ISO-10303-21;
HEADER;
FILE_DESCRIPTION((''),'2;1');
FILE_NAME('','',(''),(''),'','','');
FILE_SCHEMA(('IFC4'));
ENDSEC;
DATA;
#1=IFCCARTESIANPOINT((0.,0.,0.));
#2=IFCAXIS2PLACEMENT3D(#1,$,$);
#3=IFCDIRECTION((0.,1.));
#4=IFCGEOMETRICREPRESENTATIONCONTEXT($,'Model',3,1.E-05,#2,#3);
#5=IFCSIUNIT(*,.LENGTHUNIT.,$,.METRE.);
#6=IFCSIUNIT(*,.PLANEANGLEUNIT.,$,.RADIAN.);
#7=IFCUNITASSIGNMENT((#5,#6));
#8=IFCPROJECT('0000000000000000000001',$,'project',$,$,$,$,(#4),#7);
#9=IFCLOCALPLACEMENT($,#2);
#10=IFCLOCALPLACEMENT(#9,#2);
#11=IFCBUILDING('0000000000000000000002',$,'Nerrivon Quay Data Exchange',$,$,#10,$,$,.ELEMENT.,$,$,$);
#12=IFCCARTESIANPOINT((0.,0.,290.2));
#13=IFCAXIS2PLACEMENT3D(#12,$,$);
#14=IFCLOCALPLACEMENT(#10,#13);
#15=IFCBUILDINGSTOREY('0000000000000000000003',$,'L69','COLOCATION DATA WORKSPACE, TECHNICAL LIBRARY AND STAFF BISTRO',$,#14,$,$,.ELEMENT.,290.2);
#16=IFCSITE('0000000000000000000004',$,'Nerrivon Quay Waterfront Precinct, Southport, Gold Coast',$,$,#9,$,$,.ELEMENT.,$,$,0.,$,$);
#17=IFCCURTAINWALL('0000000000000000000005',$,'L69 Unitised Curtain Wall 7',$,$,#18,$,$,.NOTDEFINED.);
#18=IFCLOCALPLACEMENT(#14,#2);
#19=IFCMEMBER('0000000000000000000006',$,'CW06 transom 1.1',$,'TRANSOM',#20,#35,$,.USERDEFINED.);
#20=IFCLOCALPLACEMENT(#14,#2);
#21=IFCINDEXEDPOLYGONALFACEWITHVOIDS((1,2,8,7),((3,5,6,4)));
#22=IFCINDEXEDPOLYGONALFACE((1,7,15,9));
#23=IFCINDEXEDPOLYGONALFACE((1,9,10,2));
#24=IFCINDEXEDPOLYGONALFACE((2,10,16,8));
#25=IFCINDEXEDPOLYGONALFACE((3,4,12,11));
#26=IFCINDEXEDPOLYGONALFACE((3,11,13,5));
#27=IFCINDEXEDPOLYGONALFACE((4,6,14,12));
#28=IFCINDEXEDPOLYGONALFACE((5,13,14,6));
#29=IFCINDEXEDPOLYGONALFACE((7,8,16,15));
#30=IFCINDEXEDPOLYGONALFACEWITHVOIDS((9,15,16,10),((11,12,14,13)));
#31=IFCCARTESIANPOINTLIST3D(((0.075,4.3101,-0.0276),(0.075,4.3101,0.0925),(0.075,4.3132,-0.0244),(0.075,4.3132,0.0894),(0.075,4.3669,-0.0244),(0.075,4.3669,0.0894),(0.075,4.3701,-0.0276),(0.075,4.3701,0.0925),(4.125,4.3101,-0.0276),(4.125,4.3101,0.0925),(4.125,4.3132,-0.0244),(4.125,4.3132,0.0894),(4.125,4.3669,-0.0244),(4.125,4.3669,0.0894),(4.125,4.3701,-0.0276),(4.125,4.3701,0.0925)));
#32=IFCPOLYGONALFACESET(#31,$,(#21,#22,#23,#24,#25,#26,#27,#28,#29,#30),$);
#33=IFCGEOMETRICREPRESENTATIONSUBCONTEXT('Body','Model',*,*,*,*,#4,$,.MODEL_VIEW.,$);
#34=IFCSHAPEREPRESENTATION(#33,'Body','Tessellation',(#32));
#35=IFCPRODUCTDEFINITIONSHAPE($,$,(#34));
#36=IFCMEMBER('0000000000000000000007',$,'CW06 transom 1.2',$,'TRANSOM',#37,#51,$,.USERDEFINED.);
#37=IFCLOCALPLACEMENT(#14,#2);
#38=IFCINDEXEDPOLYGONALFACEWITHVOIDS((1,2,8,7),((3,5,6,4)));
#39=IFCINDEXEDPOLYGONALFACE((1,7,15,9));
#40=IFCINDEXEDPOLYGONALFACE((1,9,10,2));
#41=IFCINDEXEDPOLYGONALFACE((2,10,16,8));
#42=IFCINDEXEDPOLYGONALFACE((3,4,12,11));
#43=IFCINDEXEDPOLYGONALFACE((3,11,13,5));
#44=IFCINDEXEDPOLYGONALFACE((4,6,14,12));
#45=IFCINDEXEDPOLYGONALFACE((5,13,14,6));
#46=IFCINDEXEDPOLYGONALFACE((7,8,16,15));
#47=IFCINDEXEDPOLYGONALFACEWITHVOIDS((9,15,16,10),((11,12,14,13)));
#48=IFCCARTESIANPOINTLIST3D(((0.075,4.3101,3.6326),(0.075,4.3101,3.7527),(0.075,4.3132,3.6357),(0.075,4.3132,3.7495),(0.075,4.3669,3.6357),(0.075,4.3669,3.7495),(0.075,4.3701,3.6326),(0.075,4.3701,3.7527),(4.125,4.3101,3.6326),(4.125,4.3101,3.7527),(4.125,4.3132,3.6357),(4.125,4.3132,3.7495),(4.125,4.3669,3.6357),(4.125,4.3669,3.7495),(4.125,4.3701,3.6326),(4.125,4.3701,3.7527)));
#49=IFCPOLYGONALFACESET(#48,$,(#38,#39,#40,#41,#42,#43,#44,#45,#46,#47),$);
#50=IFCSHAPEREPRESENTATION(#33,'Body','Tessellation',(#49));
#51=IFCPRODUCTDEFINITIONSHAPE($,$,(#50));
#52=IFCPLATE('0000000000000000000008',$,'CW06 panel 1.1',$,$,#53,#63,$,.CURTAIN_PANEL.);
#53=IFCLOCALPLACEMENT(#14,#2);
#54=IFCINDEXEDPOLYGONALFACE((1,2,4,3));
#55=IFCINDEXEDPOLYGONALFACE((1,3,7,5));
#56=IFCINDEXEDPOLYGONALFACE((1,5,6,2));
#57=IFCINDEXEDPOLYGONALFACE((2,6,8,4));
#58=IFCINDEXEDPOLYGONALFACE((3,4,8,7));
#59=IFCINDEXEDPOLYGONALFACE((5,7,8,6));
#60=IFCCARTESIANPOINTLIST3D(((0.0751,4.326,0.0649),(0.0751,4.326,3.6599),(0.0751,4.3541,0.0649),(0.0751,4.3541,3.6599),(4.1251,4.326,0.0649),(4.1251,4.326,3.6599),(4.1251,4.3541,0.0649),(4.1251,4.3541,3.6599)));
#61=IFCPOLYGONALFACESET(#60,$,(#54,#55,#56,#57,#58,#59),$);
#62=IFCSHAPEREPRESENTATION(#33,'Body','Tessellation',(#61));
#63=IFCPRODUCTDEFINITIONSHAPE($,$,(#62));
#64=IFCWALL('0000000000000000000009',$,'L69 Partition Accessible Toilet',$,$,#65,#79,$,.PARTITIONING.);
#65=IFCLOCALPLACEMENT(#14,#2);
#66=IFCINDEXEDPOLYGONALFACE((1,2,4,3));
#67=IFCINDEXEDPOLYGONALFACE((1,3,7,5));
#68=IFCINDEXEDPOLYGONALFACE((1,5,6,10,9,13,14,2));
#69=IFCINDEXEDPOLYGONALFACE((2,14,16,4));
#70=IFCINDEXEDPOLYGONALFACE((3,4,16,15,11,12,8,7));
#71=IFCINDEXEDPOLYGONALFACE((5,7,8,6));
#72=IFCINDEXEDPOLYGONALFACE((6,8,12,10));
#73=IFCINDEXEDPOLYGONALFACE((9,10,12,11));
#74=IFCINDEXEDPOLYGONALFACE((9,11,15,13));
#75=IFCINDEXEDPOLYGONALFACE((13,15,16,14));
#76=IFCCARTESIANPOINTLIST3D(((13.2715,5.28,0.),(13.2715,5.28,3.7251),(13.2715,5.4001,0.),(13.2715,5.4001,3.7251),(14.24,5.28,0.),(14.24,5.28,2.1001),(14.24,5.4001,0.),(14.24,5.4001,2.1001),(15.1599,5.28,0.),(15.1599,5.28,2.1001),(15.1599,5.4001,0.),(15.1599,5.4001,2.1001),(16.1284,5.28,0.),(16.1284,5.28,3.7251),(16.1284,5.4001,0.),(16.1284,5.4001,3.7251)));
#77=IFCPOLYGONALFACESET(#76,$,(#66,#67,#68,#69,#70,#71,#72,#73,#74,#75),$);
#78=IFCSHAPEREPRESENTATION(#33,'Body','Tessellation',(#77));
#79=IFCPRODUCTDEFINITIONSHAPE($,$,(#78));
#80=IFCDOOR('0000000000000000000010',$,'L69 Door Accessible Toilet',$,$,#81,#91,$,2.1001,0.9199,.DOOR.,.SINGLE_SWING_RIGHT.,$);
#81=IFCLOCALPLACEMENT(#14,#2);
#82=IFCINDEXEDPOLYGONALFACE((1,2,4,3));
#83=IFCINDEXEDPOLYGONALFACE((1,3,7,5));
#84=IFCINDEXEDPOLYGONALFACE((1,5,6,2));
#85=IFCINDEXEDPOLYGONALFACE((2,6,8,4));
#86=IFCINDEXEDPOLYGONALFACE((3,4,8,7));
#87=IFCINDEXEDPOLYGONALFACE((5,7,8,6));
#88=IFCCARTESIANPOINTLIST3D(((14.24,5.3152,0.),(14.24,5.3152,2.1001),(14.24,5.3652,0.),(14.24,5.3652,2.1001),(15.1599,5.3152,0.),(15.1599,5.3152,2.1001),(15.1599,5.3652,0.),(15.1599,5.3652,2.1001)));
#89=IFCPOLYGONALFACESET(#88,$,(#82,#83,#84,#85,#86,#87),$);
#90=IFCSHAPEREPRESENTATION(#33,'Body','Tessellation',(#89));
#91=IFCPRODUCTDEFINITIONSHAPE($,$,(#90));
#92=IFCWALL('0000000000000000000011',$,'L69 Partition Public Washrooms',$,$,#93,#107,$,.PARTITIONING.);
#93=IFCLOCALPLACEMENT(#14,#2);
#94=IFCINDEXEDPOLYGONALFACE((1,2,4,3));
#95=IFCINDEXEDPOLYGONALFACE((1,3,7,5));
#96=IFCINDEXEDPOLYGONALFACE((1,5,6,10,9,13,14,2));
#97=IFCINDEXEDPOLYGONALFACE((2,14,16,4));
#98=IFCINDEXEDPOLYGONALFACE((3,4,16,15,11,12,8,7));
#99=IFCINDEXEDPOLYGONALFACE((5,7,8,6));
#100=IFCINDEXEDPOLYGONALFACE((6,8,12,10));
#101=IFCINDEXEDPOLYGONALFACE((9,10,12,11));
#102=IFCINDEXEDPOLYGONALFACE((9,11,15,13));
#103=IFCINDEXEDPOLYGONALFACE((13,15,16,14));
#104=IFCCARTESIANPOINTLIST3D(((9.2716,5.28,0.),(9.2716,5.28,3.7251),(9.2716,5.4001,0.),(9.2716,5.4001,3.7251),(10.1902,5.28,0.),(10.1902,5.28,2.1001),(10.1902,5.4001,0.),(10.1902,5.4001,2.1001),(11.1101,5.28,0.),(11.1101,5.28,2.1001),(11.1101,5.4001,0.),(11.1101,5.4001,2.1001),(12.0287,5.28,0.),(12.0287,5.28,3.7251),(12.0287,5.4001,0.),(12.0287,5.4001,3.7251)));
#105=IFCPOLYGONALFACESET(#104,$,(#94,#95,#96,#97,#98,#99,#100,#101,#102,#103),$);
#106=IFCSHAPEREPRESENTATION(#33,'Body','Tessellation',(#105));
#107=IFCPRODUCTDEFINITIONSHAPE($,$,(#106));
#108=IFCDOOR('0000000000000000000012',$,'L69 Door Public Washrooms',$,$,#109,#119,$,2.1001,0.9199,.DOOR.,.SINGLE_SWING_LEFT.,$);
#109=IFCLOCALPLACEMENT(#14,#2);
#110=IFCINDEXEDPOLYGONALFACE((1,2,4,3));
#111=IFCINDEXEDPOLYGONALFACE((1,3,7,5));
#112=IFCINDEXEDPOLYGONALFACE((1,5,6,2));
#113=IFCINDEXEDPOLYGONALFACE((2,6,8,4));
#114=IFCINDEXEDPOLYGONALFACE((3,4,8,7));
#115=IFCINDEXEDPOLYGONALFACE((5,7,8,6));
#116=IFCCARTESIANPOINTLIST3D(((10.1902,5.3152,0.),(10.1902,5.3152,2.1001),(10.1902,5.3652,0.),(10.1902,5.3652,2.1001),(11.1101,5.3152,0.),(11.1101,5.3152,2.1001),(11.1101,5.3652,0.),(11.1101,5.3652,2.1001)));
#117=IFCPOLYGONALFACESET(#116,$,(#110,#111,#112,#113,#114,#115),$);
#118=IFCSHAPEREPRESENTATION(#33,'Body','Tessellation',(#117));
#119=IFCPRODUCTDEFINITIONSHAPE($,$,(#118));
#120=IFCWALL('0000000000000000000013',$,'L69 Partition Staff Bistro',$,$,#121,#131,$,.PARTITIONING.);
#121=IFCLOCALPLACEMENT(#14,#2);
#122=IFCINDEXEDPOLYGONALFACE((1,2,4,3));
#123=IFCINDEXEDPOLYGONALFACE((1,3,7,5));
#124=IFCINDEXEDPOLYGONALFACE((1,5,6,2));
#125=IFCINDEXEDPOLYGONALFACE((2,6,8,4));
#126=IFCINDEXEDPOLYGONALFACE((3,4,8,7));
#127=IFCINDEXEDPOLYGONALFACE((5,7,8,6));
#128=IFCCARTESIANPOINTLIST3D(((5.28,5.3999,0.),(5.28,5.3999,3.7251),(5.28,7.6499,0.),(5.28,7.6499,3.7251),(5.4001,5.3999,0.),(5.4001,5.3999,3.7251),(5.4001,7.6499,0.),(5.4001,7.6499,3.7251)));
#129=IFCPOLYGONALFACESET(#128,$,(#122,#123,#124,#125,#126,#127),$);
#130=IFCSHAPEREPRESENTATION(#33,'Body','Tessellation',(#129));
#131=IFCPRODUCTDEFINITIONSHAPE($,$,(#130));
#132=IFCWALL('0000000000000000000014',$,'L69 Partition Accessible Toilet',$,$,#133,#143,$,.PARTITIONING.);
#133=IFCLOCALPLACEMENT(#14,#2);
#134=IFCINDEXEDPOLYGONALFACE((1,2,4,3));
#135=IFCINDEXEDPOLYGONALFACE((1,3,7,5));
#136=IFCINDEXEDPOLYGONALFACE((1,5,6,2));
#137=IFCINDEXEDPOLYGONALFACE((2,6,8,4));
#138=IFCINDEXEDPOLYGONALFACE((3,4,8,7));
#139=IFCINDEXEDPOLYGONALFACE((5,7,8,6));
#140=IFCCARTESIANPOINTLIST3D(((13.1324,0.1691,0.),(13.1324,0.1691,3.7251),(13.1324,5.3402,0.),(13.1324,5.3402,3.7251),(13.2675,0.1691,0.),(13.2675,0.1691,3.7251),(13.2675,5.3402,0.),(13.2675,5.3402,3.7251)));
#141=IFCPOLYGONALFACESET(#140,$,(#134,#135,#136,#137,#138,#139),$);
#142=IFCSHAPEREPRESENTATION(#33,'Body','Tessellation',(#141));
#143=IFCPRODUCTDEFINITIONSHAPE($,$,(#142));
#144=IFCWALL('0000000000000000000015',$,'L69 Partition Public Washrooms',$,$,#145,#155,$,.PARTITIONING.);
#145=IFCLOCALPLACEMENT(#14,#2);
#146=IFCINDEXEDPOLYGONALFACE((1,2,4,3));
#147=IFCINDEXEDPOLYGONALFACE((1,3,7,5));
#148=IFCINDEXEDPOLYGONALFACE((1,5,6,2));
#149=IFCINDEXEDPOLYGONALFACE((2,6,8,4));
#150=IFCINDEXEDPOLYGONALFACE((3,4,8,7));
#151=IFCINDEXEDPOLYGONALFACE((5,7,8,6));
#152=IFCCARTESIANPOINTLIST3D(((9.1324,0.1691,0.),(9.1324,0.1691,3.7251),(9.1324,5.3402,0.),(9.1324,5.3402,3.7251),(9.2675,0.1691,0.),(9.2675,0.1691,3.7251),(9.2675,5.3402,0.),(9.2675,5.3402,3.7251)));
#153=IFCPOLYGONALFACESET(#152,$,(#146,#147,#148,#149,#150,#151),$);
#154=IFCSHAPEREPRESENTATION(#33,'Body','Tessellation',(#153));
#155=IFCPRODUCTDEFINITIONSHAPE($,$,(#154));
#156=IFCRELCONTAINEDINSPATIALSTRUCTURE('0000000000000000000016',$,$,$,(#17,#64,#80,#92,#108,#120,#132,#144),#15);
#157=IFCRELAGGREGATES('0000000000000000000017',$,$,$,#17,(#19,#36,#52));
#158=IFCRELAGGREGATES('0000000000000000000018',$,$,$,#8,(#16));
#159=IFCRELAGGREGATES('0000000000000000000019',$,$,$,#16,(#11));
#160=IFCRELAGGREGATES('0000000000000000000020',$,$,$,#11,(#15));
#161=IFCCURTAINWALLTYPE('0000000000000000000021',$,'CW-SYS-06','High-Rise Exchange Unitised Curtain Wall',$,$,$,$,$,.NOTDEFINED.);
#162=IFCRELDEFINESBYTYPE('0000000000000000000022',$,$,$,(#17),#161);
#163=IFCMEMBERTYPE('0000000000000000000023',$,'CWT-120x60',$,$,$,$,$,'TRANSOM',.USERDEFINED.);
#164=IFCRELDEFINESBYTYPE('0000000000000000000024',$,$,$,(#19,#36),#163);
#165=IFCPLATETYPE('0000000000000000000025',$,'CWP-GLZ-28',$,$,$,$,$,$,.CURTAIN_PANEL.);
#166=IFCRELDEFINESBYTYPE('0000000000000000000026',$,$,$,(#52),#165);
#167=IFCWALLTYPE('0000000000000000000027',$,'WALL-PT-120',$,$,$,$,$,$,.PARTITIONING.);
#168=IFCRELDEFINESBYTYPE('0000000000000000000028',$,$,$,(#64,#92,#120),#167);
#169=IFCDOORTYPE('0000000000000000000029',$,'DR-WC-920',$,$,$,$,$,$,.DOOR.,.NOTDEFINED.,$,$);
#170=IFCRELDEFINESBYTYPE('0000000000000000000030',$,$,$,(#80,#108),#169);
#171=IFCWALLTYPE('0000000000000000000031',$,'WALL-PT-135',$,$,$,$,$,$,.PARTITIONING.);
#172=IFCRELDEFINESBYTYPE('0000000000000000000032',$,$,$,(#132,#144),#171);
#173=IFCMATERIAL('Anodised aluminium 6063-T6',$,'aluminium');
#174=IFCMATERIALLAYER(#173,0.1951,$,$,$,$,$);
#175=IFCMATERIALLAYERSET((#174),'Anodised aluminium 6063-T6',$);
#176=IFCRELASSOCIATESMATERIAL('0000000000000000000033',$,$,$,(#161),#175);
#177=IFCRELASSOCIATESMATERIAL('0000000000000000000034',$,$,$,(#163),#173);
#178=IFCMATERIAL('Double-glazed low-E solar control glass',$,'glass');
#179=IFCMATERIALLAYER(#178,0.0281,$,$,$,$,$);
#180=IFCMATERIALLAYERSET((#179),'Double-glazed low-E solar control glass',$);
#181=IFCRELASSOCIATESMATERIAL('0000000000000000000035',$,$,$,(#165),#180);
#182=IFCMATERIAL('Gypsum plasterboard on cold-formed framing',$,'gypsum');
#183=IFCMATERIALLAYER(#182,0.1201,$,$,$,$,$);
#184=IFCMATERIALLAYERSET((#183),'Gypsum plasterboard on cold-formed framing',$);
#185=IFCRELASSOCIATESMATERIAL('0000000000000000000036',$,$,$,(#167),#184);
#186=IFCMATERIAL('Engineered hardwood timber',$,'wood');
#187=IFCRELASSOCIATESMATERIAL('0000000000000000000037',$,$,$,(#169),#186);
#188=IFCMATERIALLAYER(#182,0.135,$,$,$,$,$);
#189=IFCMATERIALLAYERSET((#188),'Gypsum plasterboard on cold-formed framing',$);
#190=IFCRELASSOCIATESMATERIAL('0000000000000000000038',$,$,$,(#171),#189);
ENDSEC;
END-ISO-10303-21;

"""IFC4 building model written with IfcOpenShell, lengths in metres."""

from ifc_helpers import new_model, si_unit, direction, frame, frame_2d, origin, origin_2d, place, context, subcontext, project, spatial, rectangle, hollow_rectangle, extrude, material, layer, layer_set, material_profile, profile_set, type_object, element, fill, aggregate, save


model = new_model("IFC4")

# Units and contexts
model_context = context("Model", 3, precision=1e-05, world=origin(), true_north=direction((0.0, 1.0)))
body_context = subcontext(model_context, "Body", "Model", "MODEL_VIEW")
ifc_project = project(units=[si_unit("LENGTHUNIT", "METRE"), si_unit("PLANEANGLEUNIT", "RADIAN")], contexts=[model_context])

# Site, building, storey
site_placement = place(None, origin())
site = spatial("IfcSite", under=ifc_project, at=site_placement, Name="Nerrivon Quay Waterfront Precinct, Southport, Gold Coast", CompositionType="ELEMENT", RefElevation=0.0)
building_placement = place(site_placement, origin())
building = spatial("IfcBuilding", under=site, at=building_placement, Name="Nerrivon Quay Data Exchange", CompositionType="ELEMENT")
storey_placement = place(building_placement, frame((0.0, 0.0, 290.2)))
storey = spatial("IfcBuildingStorey", under=building, at=storey_placement, Name="L69", Description="COLOCATION DATA WORKSPACE, TECHNICAL LIBRARY AND STAFF BISTRO", CompositionType="ELEMENT", Elevation=290.2)

# Shared definitions
ifc_material_1 = material(Name="Anodised aluminium 6063-T6", Category="aluminium")
ifc_layer_1 = layer(ifc_material_1, 0.1951)
ifc_layer_set_1 = layer_set([ifc_layer_1], Name="Anodised aluminium 6063-T6")
curtain_wall_type = type_object("IfcCurtainWallType", Name="CW-SYS-06", Description="High-Rise Exchange Unitised Curtain Wall", PredefinedType="NOTDEFINED", material=ifc_layer_set_1)

# Curtain wall, members, plate
curtain_wall_1_placement = place(storey_placement, origin())
curtain_wall_1 = element("IfcCurtainWall", 1, at=curtain_wall_1_placement, inside=storey, type_object=curtain_wall_type, Name="L69 Unitised Curtain Wall 7", PredefinedType="NOTDEFINED")
ifc_material_profile_1 = material_profile(ifc_material_1, hollow_rectangle(XDim=0.0601, YDim=0.1201, WallThickness=0.0032, at=origin_2d()), Name="ALU-TRAN-120x60")
ifc_profile_set_1 = profile_set([ifc_material_profile_1], Name="Anodised aluminium 6063-T6")
member_type_1 = type_object("IfcMemberType", Name="CWT-120x60", ElementType="TRANSOM", PredefinedType="USERDEFINED", material=ifc_profile_set_1)
member_1_placement = place(storey_placement, frame((4.125, 4.3401, 0.0325), z_axis=(-1.0, 0.0, 0.0), x_axis=(0.0, -1.0, 0.0)))
member_1 = element("IfcMember", 2, at=member_1_placement, type_object=member_type_1, Name="CW06 transom 1.1", ObjectType="TRANSOM", PredefinedType="USERDEFINED", context=body_context, shape_type="SweptSolid", body=[
    extrude(hollow_rectangle(XDim=0.0601, YDim=0.1201, WallThickness=0.0032, at=origin_2d()), origin(), (0.0, 0.0, 1.0), 4.05),
])
member_2_placement = place(storey_placement, frame((4.125, 4.3401, 3.6926), z_axis=(-1.0, 0.0, 0.0), x_axis=(0.0, -1.0, 0.0)))
member_2 = element("IfcMember", 3, at=member_2_placement, type_object=member_type_1, Name="CW06 transom 1.2", ObjectType="TRANSOM", PredefinedType="USERDEFINED", context=body_context, shape_type="SweptSolid", body=[
    extrude(hollow_rectangle(XDim=0.0601, YDim=0.1201, WallThickness=0.0032, at=origin_2d()), origin(), (0.0, 0.0, 1.0), 4.05),
])
ifc_material_2 = material(Name="Double-glazed low-E solar control glass", Category="glass")
ifc_layer_2 = layer(ifc_material_2, 0.0281)
ifc_layer_set_2 = layer_set([ifc_layer_2], Name="Double-glazed low-E solar control glass")
plate_type = type_object("IfcPlateType", Name="CWP-GLZ-28", PredefinedType="CURTAIN_PANEL", material=ifc_layer_set_2)
plate_placement = place(storey_placement, frame((2.1001, 4.3401, 0.0649), z_axis=(0.0, 0.0, 1.0), x_axis=(-1.0, 0.0, 0.0)))
plate = element("IfcPlate", 4, at=plate_placement, type_object=plate_type, Name="CW06 panel 1.1", PredefinedType="CURTAIN_PANEL", context=body_context, shape_type="SweptSolid", body=[
    extrude(rectangle(XDim=4.05, YDim=0.0281, at=origin_2d()), origin(), (0.0, 0.0, 1.0), 3.595),
])
aggregate(curtain_wall_1, [member_1, member_2, plate])

# Walls, openings, doors
ifc_material_3 = material(Name="Gypsum plasterboard on cold-formed framing", Category="gypsum")
ifc_layer_3 = layer(ifc_material_3, 0.1201)
ifc_layer_set_3 = layer_set([ifc_layer_3], Name="Gypsum plasterboard on cold-formed framing")
wall_type_1 = type_object("IfcWallType", Name="WALL-PT-120", PredefinedType="PARTITIONING", material=ifc_layer_set_3)
wall_1_placement = place(storey_placement, frame((16.1284, 5.3401, 0.0), z_axis=(0.0, 0.0, 1.0), x_axis=(-1.0, 0.0, 0.0)))
wall_1 = element("IfcWall", 5, at=wall_1_placement, inside=storey, type_object=wall_type_1, Name="L69 Partition Accessible Toilet", PredefinedType="PARTITIONING", context=body_context, shape_type="SweptSolid", body=[
    extrude(rectangle(XDim=2.8569, YDim=0.1201, at=frame_2d((1.4285, 0.0))), origin(), (0.0, 0.0, 1.0), 3.7251),
])
opening_1_placement = place(wall_1_placement, frame((0.9685, 0.0, 0.0)))
opening_1 = element("IfcOpeningElement", 6, at=opening_1_placement, cuts=wall_1, PredefinedType="OPENING", context=body_context, shape_type="SweptSolid", body=[
    extrude(rectangle(XDim=0.9199, YDim=2.1001, at=frame_2d((0.46, 1.05))), frame((0.0, 0.0701, 0.0), z_axis=(0.0, -1.0, 0.0), x_axis=(1.0, 0.0, 0.0)), (0.0, 0.0, 1.0), 0.1401),
])
ifc_material_4 = material(Name="Engineered hardwood timber", Category="wood")
door_type_1 = type_object("IfcDoorType", Name="DR-WC-920", OperationType="NOTDEFINED", PredefinedType="DOOR", material=ifc_material_4)
door_1_placement = place(opening_1_placement, origin())
door_1 = element("IfcDoor", 7, at=door_1_placement, inside=storey, type_object=door_type_1, Name="L69 Door Accessible Toilet", OperationType="SINGLE_SWING_RIGHT", OverallHeight=2.1001, OverallWidth=0.9199, PredefinedType="DOOR", context=body_context, shape_type="SweptSolid", body=[
    extrude(rectangle(XDim=0.9199, YDim=2.1001, at=frame_2d((0.46, 1.05))), frame((0.0, 0.0249, 0.0), z_axis=(0.0, -1.0, 0.0), x_axis=(1.0, 0.0, 0.0)), (0.0, 0.0, 1.0), 0.05),
])
fill(opening_1, door_1)
wall_2_placement = place(storey_placement, frame((12.0286, 5.3401, 0.0), z_axis=(0.0, 0.0, 1.0), x_axis=(-1.0, 0.0, 0.0)))
wall_2 = element("IfcWall", 8, at=wall_2_placement, inside=storey, type_object=wall_type_1, Name="L69 Partition Public Washrooms", PredefinedType="PARTITIONING", context=body_context, shape_type="SweptSolid", body=[
    extrude(rectangle(XDim=2.7571, YDim=0.1201, at=frame_2d((1.3784, 0.0))), origin(), (0.0, 0.0, 1.0), 3.7251),
])
opening_2_placement = place(wall_2_placement, frame((0.9185, 0.0, 0.0)))
opening_2 = element("IfcOpeningElement", 9, at=opening_2_placement, cuts=wall_2, PredefinedType="OPENING", context=body_context, shape_type="SweptSolid", body=[
    extrude(rectangle(XDim=0.9199, YDim=2.1001, at=frame_2d((0.46, 1.05))), frame((0.0, 0.0701, 0.0), z_axis=(0.0, -1.0, 0.0), x_axis=(1.0, 0.0, 0.0)), (0.0, 0.0, 1.0), 0.1401),
])
door_2_placement = place(opening_2_placement, origin())
door_2 = element("IfcDoor", 10, at=door_2_placement, inside=storey, type_object=door_type_1, Name="L69 Door Public Washrooms", OperationType="SINGLE_SWING_LEFT", OverallHeight=2.1001, OverallWidth=0.9199, PredefinedType="DOOR", context=body_context, shape_type="SweptSolid", body=[
    extrude(rectangle(XDim=0.9199, YDim=2.1001, at=frame_2d((0.46, 1.05))), frame((0.0, 0.0249, 0.0), z_axis=(0.0, -1.0, 0.0), x_axis=(1.0, 0.0, 0.0)), (0.0, 0.0, 1.0), 0.05),
])
fill(opening_2, door_2)

# Walls
wall_3_placement = place(storey_placement, frame((5.3401, 5.3999, 0.0), z_axis=(0.0, 0.0, 1.0), x_axis=(0.0, 1.0, 0.0)))
element("IfcWall", 11, at=wall_3_placement, inside=storey, type_object=wall_type_1, Name="L69 Partition Staff Bistro", PredefinedType="PARTITIONING", context=body_context, shape_type="SweptSolid", body=[
    extrude(rectangle(XDim=2.25, YDim=0.1201, at=frame_2d((1.125, 0.0))), origin(), (0.0, 0.0, 1.0), 3.7251),
])
ifc_layer_4 = layer(ifc_material_3, 0.135)
ifc_layer_set_4 = layer_set([ifc_layer_4], Name="Gypsum plasterboard on cold-formed framing")
wall_type_2 = type_object("IfcWallType", Name="WALL-PT-135", PredefinedType="PARTITIONING", material=ifc_layer_set_4)
for number, where, z_axis, x_axis, name in (
    (12, (13.2, 5.3401, 0.0), (0.0, 0.0, 1.0), (0.0, -1.0, 0.0), "L69 Partition Accessible Toilet"),
    (13, (9.2, 5.3401, 0.0), (0.0, 0.0, 1.0), (0.0, -1.0, 0.0), "L69 Partition Public Washrooms"),
):
    element("IfcWall", number, at=place(storey_placement, frame(where, z_axis=z_axis, x_axis=x_axis)), inside=storey, type_object=wall_type_2, Name=name, PredefinedType="PARTITIONING", context=body_context, shape_type="SweptSolid", body=[
        extrude(rectangle(XDim=5.1711, YDim=0.135, at=frame_2d((2.5854, 0.0))), origin(), (0.0, 0.0, 1.0), 3.7251),
    ])

save(model, "model.ifc")
